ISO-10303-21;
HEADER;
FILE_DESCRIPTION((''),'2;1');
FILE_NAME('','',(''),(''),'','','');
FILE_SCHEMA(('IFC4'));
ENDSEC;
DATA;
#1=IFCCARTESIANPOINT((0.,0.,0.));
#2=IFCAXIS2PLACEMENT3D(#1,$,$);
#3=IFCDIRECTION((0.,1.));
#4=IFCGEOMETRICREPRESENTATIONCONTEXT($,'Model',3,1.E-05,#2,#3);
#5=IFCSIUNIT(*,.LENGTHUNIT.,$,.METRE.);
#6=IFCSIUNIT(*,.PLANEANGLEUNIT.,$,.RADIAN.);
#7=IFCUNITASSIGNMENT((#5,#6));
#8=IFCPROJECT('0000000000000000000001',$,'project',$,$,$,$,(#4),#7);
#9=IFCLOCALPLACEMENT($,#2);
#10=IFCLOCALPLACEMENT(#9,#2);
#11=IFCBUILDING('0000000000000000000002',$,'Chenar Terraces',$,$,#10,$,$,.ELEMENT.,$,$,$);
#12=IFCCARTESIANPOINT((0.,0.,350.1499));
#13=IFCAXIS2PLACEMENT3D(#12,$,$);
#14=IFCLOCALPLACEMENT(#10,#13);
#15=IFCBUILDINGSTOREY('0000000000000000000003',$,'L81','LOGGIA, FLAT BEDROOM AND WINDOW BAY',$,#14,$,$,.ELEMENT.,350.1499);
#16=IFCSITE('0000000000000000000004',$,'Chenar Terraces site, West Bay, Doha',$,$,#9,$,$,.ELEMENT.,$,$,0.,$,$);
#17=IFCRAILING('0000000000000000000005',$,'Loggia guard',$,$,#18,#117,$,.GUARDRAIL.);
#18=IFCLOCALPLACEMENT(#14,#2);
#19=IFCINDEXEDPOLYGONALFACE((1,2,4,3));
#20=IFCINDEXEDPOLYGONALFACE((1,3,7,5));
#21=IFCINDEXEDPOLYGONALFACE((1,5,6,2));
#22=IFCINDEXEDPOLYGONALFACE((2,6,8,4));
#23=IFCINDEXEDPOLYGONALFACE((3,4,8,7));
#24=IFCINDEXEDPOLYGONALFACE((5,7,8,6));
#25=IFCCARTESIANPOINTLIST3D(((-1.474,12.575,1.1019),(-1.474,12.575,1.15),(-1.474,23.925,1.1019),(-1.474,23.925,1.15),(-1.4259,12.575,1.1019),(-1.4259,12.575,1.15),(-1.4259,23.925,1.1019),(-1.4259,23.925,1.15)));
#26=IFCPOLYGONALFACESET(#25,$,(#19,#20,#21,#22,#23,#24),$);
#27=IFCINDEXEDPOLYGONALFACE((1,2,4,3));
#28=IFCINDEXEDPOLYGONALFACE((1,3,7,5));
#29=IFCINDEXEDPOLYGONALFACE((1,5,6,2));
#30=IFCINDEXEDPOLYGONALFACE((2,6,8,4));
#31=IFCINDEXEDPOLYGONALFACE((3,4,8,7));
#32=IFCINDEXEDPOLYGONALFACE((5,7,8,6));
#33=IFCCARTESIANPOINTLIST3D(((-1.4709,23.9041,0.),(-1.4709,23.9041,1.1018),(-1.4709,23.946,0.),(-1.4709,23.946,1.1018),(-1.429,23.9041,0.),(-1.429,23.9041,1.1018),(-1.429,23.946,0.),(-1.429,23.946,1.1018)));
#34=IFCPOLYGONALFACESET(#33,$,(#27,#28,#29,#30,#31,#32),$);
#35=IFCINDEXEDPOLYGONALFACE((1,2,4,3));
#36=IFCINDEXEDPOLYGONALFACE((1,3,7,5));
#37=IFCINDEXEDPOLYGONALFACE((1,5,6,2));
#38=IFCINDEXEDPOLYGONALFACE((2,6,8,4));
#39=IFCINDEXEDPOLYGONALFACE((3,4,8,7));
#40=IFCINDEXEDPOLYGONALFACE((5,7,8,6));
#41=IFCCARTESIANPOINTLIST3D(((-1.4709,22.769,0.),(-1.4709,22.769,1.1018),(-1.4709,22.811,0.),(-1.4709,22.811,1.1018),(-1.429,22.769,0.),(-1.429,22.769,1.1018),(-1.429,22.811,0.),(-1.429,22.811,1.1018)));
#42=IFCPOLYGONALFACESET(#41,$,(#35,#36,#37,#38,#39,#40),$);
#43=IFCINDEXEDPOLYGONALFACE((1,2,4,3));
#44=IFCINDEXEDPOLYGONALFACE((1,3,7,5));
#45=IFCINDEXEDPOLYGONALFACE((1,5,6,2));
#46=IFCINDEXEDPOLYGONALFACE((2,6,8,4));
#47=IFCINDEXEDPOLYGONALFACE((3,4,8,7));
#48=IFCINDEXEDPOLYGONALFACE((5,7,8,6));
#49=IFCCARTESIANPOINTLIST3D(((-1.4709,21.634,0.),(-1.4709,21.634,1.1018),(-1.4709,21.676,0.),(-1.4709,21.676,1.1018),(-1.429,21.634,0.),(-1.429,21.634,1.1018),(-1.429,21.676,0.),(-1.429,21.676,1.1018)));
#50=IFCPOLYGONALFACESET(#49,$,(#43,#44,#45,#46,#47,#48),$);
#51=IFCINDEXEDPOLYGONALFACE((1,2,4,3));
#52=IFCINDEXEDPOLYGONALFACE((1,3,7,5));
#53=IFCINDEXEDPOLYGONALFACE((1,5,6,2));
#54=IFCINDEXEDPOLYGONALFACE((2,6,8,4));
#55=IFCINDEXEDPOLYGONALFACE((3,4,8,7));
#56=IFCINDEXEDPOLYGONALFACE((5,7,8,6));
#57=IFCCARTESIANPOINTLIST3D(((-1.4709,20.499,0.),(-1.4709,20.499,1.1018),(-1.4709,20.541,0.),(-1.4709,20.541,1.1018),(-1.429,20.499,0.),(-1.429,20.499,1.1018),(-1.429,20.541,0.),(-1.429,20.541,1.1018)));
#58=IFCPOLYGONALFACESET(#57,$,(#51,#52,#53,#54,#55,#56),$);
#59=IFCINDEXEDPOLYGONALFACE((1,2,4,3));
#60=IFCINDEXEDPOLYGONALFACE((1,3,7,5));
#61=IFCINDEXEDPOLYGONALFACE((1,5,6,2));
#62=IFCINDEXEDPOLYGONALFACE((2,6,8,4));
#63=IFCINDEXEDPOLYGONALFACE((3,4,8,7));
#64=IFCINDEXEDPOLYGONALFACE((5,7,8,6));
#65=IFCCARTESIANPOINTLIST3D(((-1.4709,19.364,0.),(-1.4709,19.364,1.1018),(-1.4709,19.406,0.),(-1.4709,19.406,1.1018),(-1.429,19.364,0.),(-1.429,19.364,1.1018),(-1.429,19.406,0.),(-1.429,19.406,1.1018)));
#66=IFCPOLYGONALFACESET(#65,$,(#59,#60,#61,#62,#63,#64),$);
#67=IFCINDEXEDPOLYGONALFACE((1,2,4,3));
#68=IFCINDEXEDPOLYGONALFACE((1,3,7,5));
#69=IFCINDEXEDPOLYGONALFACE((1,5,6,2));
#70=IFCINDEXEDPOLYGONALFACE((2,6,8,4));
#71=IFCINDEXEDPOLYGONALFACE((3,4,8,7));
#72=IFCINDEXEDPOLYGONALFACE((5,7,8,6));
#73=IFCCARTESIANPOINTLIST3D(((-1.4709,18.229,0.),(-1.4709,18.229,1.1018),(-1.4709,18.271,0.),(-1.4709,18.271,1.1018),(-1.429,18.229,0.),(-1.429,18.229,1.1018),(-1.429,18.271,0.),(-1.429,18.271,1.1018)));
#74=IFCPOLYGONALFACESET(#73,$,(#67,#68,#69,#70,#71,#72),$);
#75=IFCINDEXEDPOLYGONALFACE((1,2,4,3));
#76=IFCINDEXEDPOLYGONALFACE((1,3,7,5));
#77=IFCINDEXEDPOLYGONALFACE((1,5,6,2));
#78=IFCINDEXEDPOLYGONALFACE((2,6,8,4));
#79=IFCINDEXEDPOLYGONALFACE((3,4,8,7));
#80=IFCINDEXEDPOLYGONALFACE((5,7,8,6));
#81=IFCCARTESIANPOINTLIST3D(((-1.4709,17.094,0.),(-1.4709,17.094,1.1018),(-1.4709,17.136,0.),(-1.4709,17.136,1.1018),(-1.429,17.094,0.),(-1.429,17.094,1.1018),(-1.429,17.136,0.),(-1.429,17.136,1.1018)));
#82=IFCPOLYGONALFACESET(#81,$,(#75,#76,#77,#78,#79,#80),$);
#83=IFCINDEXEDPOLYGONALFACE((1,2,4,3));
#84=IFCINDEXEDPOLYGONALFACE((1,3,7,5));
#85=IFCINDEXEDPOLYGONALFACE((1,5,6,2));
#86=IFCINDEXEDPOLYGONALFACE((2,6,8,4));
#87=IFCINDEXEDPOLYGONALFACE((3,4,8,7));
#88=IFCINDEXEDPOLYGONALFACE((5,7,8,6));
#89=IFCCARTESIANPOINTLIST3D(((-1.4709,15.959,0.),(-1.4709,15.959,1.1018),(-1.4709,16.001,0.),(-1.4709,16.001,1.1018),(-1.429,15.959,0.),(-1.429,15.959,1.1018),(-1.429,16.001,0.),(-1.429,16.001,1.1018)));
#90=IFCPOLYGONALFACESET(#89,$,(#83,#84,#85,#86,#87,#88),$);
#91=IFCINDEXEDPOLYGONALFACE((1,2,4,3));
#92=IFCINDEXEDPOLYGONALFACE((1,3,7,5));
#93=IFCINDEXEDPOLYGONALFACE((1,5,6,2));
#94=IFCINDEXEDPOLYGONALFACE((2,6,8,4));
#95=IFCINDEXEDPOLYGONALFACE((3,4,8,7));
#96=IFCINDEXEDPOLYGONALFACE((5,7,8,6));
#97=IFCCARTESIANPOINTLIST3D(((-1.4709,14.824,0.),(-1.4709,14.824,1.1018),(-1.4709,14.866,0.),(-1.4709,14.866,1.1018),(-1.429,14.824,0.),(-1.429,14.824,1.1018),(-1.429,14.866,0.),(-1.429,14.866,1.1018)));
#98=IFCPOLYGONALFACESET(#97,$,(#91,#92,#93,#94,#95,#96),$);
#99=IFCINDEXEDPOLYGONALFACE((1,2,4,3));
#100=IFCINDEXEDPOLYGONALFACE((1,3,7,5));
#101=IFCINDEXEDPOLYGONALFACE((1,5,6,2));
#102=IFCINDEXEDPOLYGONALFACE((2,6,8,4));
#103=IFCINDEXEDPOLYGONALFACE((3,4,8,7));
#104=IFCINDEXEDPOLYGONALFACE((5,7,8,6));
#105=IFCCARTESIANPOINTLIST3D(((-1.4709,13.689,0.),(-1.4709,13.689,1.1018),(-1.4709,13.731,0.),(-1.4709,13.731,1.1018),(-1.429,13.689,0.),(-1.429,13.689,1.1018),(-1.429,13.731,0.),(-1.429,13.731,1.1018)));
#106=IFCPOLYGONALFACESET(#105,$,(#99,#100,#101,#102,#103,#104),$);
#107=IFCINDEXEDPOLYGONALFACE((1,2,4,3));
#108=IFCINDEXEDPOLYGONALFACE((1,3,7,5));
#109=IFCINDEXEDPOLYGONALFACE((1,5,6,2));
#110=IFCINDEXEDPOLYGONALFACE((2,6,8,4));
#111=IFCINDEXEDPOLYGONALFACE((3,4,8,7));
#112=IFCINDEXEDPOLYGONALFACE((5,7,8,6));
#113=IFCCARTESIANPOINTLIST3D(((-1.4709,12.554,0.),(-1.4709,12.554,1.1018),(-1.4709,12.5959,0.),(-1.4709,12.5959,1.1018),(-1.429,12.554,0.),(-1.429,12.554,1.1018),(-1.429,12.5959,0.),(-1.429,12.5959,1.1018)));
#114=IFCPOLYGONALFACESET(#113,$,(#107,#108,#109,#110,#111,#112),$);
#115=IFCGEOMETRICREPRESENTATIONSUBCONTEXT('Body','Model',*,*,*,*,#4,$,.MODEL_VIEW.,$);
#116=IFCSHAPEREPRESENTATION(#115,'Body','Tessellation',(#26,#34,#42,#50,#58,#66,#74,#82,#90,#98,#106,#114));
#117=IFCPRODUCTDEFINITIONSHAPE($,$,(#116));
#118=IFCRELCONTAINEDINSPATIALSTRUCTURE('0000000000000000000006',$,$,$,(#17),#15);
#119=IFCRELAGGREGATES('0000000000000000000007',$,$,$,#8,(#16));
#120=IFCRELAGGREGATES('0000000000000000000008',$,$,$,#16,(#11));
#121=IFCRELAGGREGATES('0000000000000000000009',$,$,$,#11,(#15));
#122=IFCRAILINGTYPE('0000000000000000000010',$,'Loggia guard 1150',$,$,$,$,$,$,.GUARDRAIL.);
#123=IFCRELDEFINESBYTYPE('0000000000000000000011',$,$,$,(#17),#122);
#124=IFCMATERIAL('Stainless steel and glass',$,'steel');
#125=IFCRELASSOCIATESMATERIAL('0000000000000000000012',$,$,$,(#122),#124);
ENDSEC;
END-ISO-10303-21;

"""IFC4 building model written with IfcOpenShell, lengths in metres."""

from ifc_helpers import new_model, si_unit, direction, frame, origin, origin_2d, place, context, subcontext, project, spatial, rectangle, extrude, material, type_object, element, save


model = new_model("IFC4")

# Units and contexts
model_context = context("Model", 3, precision=1e-05, world=origin(), true_north=direction((0.0, 1.0)))
body_context = subcontext(model_context, "Body", "Model", "MODEL_VIEW")
ifc_project = project(units=[si_unit("LENGTHUNIT", "METRE"), si_unit("PLANEANGLEUNIT", "RADIAN")], contexts=[model_context])

# Site, building, storey
site_placement = place(None, origin())
site = spatial("IfcSite", under=ifc_project, at=site_placement, Name="Chenar Terraces site, West Bay, Doha", CompositionType="ELEMENT", RefElevation=0.0)
building_placement = place(site_placement, origin())
building = spatial("IfcBuilding", under=site, at=building_placement, Name="Chenar Terraces", CompositionType="ELEMENT")
storey_placement = place(building_placement, frame((0.0, 0.0, 350.1499)))
storey = spatial("IfcBuildingStorey", under=building, at=storey_placement, Name="L81", Description="LOGGIA, FLAT BEDROOM AND WINDOW BAY", CompositionType="ELEMENT", Elevation=350.1499)

# Railing
ifc_material_1 = material(Name="Stainless steel and glass", Category="steel")
railing_type_1 = type_object("IfcRailingType", Name="Loggia guard 1150", PredefinedType="GUARDRAIL", material=ifc_material_1)
railing_1_placement = place(storey_placement, frame((-1.45, 23.925, 0.0)))
element("IfcRailing", 1, at=railing_1_placement, inside=storey, type_object=railing_type_1, Name="Loggia guard", PredefinedType="GUARDRAIL", context=body_context, shape_type="SweptSolid", body=[
    extrude(rectangle(XDim=0.0481, YDim=0.0481, at=origin_2d()), frame((0.0, 0.0, 1.126), z_axis=(0.0, -1.0, 0.0), x_axis=(1.0, 0.0, 0.0)), (0.0, 0.0, 1.0), 11.3501),
    extrude(rectangle(XDim=0.042, YDim=0.042, at=origin_2d()), origin(), (0.0, 0.0, 1.0), 1.1018),
    extrude(rectangle(XDim=0.042, YDim=0.042, at=origin_2d()), frame((0.0, -1.135, 0.0)), (0.0, 0.0, 1.0), 1.1018),
    extrude(rectangle(XDim=0.042, YDim=0.042, at=origin_2d()), frame((0.0, -2.27, 0.0)), (0.0, 0.0, 1.0), 1.1018),
    extrude(rectangle(XDim=0.042, YDim=0.042, at=origin_2d()), frame((0.0, -3.405, 0.0)), (0.0, 0.0, 1.0), 1.1018),
    extrude(rectangle(XDim=0.042, YDim=0.042, at=origin_2d()), frame((0.0, -4.54, 0.0)), (0.0, 0.0, 1.0), 1.1018),
    extrude(rectangle(XDim=0.042, YDim=0.042, at=origin_2d()), frame((0.0, -5.675, 0.0)), (0.0, 0.0, 1.0), 1.1018),
    extrude(rectangle(XDim=0.042, YDim=0.042, at=origin_2d()), frame((0.0, -6.8101, 0.0)), (0.0, 0.0, 1.0), 1.1018),
    extrude(rectangle(XDim=0.042, YDim=0.042, at=origin_2d()), frame((0.0, -7.9451, 0.0)), (0.0, 0.0, 1.0), 1.1018),
    extrude(rectangle(XDim=0.042, YDim=0.042, at=origin_2d()), frame((0.0, -9.0801, 0.0)), (0.0, 0.0, 1.0), 1.1018),
    extrude(rectangle(XDim=0.042, YDim=0.042, at=origin_2d()), frame((0.0, -10.2151, 0.0)), (0.0, 0.0, 1.0), 1.1018),
    extrude(rectangle(XDim=0.042, YDim=0.042, at=origin_2d()), frame((0.0, -11.3501, 0.0)), (0.0, 0.0, 1.0), 1.1018),
])

save(model, "model.ifc")
